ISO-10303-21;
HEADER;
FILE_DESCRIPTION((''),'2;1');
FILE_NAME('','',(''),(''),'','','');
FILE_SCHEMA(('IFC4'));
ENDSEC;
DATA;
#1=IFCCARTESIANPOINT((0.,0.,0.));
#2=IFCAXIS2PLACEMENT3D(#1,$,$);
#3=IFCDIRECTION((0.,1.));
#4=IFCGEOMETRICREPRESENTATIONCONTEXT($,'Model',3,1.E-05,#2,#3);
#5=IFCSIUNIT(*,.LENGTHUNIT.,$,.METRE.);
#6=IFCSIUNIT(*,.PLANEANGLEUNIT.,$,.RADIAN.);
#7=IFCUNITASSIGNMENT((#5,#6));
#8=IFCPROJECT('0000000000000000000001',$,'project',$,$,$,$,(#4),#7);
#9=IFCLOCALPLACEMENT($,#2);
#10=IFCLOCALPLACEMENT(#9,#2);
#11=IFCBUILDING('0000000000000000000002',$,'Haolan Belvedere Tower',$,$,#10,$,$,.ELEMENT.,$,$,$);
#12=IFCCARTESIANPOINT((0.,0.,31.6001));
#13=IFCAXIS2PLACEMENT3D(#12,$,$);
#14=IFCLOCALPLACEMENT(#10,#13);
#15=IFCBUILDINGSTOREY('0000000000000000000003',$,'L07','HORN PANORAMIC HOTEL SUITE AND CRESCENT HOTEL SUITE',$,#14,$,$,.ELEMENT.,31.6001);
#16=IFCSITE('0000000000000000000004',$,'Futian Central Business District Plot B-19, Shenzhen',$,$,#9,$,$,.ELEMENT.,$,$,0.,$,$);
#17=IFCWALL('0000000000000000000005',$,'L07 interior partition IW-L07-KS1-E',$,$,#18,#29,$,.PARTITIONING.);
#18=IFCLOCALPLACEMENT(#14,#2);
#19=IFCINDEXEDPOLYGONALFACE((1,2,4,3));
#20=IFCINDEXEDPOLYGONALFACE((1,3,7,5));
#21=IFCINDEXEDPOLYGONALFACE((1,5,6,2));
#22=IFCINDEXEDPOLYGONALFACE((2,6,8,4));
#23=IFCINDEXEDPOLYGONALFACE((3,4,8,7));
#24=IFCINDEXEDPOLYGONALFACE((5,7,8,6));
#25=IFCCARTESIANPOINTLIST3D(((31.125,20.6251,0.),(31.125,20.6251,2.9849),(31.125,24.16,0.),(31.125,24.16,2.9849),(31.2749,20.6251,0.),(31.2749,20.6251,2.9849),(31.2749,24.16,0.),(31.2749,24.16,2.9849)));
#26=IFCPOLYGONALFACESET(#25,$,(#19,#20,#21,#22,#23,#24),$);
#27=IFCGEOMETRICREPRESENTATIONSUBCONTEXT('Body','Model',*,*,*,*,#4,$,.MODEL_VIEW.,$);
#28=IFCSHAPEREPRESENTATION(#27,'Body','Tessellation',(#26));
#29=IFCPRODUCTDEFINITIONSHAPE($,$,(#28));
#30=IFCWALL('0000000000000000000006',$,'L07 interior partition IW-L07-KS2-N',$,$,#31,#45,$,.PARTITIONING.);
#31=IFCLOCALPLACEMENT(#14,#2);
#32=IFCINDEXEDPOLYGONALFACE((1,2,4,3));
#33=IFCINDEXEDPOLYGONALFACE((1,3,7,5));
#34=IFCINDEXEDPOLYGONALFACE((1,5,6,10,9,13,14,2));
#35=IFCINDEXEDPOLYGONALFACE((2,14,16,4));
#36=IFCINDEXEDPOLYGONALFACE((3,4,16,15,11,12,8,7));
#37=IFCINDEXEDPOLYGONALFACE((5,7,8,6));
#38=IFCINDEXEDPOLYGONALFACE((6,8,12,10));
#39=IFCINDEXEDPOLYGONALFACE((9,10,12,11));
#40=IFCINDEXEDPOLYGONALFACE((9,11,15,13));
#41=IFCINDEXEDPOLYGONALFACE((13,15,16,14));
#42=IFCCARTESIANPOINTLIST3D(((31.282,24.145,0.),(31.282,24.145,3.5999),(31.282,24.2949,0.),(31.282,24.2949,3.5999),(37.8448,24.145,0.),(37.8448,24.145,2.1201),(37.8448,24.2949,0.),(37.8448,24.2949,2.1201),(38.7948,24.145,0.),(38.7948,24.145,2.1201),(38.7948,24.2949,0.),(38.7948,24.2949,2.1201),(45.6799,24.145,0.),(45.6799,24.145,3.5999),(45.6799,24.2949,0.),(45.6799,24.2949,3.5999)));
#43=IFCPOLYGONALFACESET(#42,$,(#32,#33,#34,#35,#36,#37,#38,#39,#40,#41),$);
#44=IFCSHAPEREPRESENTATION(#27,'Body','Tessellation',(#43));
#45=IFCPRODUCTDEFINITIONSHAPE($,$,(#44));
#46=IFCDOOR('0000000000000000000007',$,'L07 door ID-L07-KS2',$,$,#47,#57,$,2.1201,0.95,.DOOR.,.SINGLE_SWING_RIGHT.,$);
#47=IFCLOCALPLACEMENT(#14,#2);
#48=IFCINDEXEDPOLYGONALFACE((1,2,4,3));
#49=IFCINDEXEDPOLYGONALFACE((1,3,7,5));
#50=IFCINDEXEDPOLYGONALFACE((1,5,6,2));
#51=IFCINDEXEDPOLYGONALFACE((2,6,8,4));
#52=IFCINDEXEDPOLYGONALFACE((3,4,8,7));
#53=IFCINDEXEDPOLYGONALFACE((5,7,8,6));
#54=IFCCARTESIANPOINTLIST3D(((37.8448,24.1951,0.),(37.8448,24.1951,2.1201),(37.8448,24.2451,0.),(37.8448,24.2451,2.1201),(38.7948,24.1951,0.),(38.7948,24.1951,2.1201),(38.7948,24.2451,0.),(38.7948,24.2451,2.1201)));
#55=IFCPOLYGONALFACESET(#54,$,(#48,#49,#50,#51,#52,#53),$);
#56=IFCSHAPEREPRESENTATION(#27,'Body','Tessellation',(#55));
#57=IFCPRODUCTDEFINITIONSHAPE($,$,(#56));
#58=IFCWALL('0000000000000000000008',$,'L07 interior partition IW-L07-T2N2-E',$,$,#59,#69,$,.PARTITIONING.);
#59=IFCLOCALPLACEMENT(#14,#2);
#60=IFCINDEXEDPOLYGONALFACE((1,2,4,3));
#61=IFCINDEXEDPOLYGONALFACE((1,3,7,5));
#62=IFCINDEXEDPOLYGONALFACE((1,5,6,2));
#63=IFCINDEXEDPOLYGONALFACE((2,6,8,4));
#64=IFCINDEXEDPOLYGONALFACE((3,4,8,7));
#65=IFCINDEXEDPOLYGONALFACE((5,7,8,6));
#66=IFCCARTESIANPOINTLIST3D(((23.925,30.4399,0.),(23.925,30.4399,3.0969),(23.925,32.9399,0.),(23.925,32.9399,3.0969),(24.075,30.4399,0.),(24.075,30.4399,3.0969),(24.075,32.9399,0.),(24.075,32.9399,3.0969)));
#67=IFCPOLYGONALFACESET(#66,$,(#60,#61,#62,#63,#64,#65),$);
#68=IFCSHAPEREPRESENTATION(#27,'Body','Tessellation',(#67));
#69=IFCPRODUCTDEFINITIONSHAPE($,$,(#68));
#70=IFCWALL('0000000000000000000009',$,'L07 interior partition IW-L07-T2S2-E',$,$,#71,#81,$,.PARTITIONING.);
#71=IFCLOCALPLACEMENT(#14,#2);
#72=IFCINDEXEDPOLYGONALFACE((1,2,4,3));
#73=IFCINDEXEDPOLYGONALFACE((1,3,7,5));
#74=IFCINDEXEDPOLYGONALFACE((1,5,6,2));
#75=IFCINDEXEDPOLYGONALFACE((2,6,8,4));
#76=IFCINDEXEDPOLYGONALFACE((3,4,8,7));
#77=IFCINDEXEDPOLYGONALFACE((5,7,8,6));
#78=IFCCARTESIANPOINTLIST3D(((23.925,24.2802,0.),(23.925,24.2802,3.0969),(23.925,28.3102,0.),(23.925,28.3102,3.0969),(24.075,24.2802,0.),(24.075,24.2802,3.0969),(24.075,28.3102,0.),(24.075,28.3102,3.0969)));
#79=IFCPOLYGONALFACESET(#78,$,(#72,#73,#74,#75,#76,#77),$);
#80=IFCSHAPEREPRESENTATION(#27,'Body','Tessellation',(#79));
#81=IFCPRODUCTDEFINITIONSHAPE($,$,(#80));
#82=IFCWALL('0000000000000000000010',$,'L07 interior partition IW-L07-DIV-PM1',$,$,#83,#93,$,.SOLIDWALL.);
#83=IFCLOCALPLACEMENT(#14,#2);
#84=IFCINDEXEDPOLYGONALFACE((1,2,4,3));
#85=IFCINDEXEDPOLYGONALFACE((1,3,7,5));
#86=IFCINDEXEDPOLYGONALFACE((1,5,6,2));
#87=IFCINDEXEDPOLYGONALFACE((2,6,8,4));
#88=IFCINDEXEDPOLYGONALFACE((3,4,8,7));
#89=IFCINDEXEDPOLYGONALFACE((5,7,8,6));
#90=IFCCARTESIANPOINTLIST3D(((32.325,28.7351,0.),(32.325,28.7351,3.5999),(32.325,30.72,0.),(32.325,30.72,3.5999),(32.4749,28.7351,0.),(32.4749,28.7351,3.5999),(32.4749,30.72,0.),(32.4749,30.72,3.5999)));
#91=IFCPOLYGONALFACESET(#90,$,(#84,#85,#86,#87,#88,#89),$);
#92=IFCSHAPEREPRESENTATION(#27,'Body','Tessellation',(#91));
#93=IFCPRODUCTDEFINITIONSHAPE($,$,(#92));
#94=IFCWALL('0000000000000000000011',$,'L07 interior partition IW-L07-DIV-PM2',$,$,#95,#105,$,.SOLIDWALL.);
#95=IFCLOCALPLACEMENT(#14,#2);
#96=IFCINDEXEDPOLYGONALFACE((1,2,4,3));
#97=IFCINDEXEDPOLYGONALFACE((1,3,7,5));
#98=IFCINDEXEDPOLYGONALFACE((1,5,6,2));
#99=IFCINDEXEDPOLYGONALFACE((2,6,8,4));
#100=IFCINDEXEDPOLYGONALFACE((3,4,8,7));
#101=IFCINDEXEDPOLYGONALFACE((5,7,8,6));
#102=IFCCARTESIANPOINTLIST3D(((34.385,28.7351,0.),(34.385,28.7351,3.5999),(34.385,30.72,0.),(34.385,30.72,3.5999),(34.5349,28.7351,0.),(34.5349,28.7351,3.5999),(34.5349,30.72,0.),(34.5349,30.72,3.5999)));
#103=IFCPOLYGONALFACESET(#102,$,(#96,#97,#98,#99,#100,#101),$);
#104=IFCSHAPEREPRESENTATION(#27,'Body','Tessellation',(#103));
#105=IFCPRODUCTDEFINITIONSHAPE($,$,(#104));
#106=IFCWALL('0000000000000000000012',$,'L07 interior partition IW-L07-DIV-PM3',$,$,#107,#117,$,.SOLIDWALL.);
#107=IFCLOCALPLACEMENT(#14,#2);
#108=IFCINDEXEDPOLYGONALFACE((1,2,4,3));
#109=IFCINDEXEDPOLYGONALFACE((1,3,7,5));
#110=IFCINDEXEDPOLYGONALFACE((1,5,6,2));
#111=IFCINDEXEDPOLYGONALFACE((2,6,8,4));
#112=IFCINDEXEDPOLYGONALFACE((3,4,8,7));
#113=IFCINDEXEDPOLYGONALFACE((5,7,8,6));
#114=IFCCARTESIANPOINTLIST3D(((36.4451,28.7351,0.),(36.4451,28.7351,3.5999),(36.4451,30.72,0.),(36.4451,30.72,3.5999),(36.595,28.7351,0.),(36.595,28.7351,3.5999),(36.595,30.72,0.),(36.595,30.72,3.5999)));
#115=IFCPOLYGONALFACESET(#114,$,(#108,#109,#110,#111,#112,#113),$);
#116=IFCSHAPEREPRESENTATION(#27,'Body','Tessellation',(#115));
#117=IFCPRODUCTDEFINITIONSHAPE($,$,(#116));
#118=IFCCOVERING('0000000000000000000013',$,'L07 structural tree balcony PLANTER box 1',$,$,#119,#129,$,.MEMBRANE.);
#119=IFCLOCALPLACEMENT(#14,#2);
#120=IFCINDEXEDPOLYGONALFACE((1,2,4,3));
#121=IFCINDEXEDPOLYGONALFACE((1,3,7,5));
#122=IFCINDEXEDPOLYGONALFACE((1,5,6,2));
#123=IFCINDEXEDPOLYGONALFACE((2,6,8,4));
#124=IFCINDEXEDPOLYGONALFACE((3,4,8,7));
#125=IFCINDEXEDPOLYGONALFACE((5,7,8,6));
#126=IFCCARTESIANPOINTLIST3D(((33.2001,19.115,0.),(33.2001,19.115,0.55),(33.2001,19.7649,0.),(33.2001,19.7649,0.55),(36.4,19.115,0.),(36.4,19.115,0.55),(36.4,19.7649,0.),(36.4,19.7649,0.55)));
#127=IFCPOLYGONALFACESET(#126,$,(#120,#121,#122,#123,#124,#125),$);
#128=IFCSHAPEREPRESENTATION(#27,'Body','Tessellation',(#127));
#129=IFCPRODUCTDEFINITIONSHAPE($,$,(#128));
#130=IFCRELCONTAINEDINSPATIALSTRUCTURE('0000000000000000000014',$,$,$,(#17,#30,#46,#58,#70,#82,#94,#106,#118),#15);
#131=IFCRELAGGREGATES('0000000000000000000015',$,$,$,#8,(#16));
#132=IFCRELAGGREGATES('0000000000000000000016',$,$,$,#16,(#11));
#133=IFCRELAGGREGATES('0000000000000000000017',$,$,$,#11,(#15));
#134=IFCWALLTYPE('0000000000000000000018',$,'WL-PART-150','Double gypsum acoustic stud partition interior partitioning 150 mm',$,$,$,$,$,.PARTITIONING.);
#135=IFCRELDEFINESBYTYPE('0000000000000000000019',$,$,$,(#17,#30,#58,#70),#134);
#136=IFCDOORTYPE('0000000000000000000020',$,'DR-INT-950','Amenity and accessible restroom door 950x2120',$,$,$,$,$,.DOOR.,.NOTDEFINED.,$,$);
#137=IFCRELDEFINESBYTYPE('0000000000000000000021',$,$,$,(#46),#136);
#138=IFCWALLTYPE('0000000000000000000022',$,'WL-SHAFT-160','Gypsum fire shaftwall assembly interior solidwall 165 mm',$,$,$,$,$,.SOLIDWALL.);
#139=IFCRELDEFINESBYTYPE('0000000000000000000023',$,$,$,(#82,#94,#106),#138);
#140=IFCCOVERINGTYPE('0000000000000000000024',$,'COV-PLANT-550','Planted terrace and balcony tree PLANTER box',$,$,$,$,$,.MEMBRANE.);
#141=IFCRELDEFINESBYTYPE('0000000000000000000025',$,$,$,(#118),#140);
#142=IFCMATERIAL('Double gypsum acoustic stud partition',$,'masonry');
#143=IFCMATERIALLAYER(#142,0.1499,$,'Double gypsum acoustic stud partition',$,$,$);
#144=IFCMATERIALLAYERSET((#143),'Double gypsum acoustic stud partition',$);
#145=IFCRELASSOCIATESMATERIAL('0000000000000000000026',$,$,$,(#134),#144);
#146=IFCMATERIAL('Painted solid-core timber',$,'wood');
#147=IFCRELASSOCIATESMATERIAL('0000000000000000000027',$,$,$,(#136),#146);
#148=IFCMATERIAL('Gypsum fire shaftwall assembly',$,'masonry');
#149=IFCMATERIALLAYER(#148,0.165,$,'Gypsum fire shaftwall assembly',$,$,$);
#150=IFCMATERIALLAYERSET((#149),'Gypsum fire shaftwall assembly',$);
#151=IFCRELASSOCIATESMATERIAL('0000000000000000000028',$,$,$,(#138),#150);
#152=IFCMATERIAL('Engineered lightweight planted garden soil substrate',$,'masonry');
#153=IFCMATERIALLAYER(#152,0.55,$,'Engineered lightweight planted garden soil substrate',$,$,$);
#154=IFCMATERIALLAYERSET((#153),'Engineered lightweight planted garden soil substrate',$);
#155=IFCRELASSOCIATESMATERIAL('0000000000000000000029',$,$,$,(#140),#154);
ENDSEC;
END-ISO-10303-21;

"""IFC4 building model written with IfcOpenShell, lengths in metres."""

from ifc_helpers import new_model, si_unit, direction, frame, frame_2d, origin, origin_2d, place, context, subcontext, project, spatial, rectangle, extrude, material, layer, layer_set, type_object, element, fill, save


model = new_model("IFC4")

# Units and contexts
model_context = context("Model", 3, precision=1e-05, world=origin(), true_north=direction((0.0, 1.0)))
body_context = subcontext(model_context, "Body", "Model", "MODEL_VIEW")
ifc_project = project(units=[si_unit("LENGTHUNIT", "METRE"), si_unit("PLANEANGLEUNIT", "RADIAN")], contexts=[model_context])

# Site, building, storey
site_placement = place(None, origin())
site = spatial("IfcSite", under=ifc_project, at=site_placement, Name="Futian Central Business District Plot B-19, Shenzhen", CompositionType="ELEMENT", RefElevation=0.0)
building_placement = place(site_placement, origin())
building = spatial("IfcBuilding", under=site, at=building_placement, Name="Haolan Belvedere Tower", CompositionType="ELEMENT")
storey_placement = place(building_placement, frame((0.0, 0.0, 31.6001)))
storey = spatial("IfcBuildingStorey", under=building, at=storey_placement, Name="L07", Description="HORN PANORAMIC HOTEL SUITE AND CRESCENT HOTEL SUITE", CompositionType="ELEMENT", Elevation=31.6001)

# Wall
ifc_material_1 = material(Name="Double gypsum acoustic stud partition", Category="masonry")
ifc_layer_1 = layer(ifc_material_1, 0.1499, Name="Double gypsum acoustic stud partition")
ifc_layer_set_1 = layer_set([ifc_layer_1], Name="Double gypsum acoustic stud partition")
wall_type_1 = type_object("IfcWallType", Name="WL-PART-150", Description="Double gypsum acoustic stud partition interior partitioning 150 mm", PredefinedType="PARTITIONING", material=ifc_layer_set_1)
wall_1_placement = place(storey_placement, frame((31.2, 20.625, 0.0), z_axis=(0.0, 0.0, 1.0), x_axis=(0.0, 1.0, 0.0)))
element("IfcWall", 1, at=wall_1_placement, inside=storey, type_object=wall_type_1, Name="L07 interior partition IW-L07-KS1-E", PredefinedType="PARTITIONING", context=body_context, shape_type="SweptSolid", body=[
    extrude(rectangle(XDim=3.5349, YDim=0.1499, at=frame_2d((1.7676, 0.0))), origin(), (0.0, 0.0, 1.0), 2.9849),
])

# Wall, opening, door
wall_2_placement = place(storey_placement, frame((31.282, 24.22, 0.0), z_axis=(0.0, 0.0, 1.0), x_axis=(1.0, 0.0, 0.0)))
wall_2 = element("IfcWall", 2, at=wall_2_placement, inside=storey, type_object=wall_type_1, Name="L07 interior partition IW-L07-KS2-N", PredefinedType="PARTITIONING", context=body_context, shape_type="SweptSolid", body=[
    extrude(rectangle(XDim=14.3979, YDim=0.1499, at=frame_2d((7.199, 0.0))), origin(), (0.0, 0.0, 1.0), 3.5999),
])
opening_1_placement = place(wall_2_placement, frame((7.5129, 0.0, 0.0), z_axis=(0.0, 0.0, 1.0), x_axis=(-1.0, 0.0, 0.0)))
opening_1 = element("IfcOpeningElement", 3, at=opening_1_placement, cuts=wall_2, PredefinedType="OPENING", context=body_context, shape_type="SweptSolid", body=[
    extrude(rectangle(XDim=0.95, YDim=2.1201, at=frame_2d((0.4751, 1.0601))), frame((0.0, 0.085, 0.0), z_axis=(0.0, -1.0, 0.0), x_axis=(1.0, 0.0, 0.0)), (0.0, 0.0, 1.0), 0.1699),
])
ifc_material_2 = material(Name="Painted solid-core timber", Category="wood")
door_type_1 = type_object("IfcDoorType", Name="DR-INT-950", Description="Amenity and accessible restroom door 950x2120", OperationType="NOTDEFINED", PredefinedType="DOOR", material=ifc_material_2)
door_1_placement = place(opening_1_placement, origin())
door_1 = element("IfcDoor", 4, at=door_1_placement, inside=storey, type_object=door_type_1, Name="L07 door ID-L07-KS2", OperationType="SINGLE_SWING_RIGHT", OverallHeight=2.1201, OverallWidth=0.95, PredefinedType="DOOR", context=body_context, shape_type="SweptSolid", body=[
    extrude(rectangle(XDim=0.95, YDim=2.1201, at=frame_2d((0.4751, 1.0601))), frame((0.0, 0.0249, 0.0), z_axis=(0.0, -1.0, 0.0), x_axis=(1.0, 0.0, 0.0)), (0.0, 0.0, 1.0), 0.05),
])
fill(opening_1, door_1)

# Walls
wall_3_placement = place(storey_placement, frame((24.0, 30.4399, 0.0), z_axis=(0.0, 0.0, 1.0), x_axis=(0.0, 1.0, 0.0)))
element("IfcWall", 5, at=wall_3_placement, inside=storey, type_object=wall_type_1, Name="L07 interior partition IW-L07-T2N2-E", PredefinedType="PARTITIONING", context=body_context, shape_type="SweptSolid", body=[
    extrude(rectangle(XDim=2.5, YDim=0.1499, at=frame_2d((1.25, 0.0))), origin(), (0.0, 0.0, 1.0), 3.0969),
])
wall_4_placement = place(storey_placement, frame((24.0, 24.28, 0.0), z_axis=(0.0, 0.0, 1.0), x_axis=(0.0, 1.0, 0.0)))
element("IfcWall", 6, at=wall_4_placement, inside=storey, type_object=wall_type_1, Name="L07 interior partition IW-L07-T2S2-E", PredefinedType="PARTITIONING", context=body_context, shape_type="SweptSolid", body=[
    extrude(rectangle(XDim=4.03, YDim=0.1499, at=frame_2d((2.0151, 0.0))), origin(), (0.0, 0.0, 1.0), 3.0969),
])
ifc_material_3 = material(Name="Gypsum fire shaftwall assembly", Category="masonry")
ifc_layer_2 = layer(ifc_material_3, 0.165, Name="Gypsum fire shaftwall assembly")
ifc_layer_set_2 = layer_set([ifc_layer_2], Name="Gypsum fire shaftwall assembly")
wall_type_2 = type_object("IfcWallType", Name="WL-SHAFT-160", Description="Gypsum fire shaftwall assembly interior solidwall 165 mm", PredefinedType="SOLIDWALL", material=ifc_layer_set_2)
for number, where, z_axis, x_axis, name in (
    (7, (32.3999, 28.7351, 0.0), (0.0, 0.0, 1.0), (0.0, 1.0, 0.0), "L07 interior partition IW-L07-DIV-PM1"),
    (8, (34.46, 28.7351, 0.0), (0.0, 0.0, 1.0), (0.0, 1.0, 0.0), "L07 interior partition IW-L07-DIV-PM2"),
    (9, (36.52, 28.7351, 0.0), (0.0, 0.0, 1.0), (0.0, 1.0, 0.0), "L07 interior partition IW-L07-DIV-PM3"),
):
    element("IfcWall", number, at=place(storey_placement, frame(where, z_axis=z_axis, x_axis=x_axis)), inside=storey, type_object=wall_type_2, Name=name, PredefinedType="SOLIDWALL", context=body_context, shape_type="SweptSolid", body=[
        extrude(rectangle(XDim=1.9849, YDim=0.1499, at=frame_2d((0.9924, 0.0))), origin(), (0.0, 0.0, 1.0), 3.5999),
    ])

# Covering
ifc_material_4 = material(Name="Engineered lightweight planted garden soil substrate", Category="masonry")
ifc_layer_3 = layer(ifc_material_4, 0.55, Name="Engineered lightweight planted garden soil substrate")
ifc_layer_set_3 = layer_set([ifc_layer_3], Name="Engineered lightweight planted garden soil substrate")
covering_type = type_object("IfcCoveringType", Name="COV-PLANT-550", Description="Planted terrace and balcony tree PLANTER box", PredefinedType="MEMBRANE", material=ifc_layer_set_3)
covering_placement = place(storey_placement, frame((34.8, 19.4399, 0.0), z_axis=(0.0, 0.0, 1.0), x_axis=(1.0, 0.0, 0.0)))
element("IfcCovering", 10, at=covering_placement, inside=storey, type_object=covering_type, Name="L07 structural tree balcony PLANTER box 1", PredefinedType="MEMBRANE", context=body_context, shape_type="SweptSolid", body=[
    extrude(rectangle(XDim=3.2, YDim=0.6499, at=origin_2d()), origin(), (0.0, 0.0, 1.0), 0.55),
])

save(model, "model.ifc")
